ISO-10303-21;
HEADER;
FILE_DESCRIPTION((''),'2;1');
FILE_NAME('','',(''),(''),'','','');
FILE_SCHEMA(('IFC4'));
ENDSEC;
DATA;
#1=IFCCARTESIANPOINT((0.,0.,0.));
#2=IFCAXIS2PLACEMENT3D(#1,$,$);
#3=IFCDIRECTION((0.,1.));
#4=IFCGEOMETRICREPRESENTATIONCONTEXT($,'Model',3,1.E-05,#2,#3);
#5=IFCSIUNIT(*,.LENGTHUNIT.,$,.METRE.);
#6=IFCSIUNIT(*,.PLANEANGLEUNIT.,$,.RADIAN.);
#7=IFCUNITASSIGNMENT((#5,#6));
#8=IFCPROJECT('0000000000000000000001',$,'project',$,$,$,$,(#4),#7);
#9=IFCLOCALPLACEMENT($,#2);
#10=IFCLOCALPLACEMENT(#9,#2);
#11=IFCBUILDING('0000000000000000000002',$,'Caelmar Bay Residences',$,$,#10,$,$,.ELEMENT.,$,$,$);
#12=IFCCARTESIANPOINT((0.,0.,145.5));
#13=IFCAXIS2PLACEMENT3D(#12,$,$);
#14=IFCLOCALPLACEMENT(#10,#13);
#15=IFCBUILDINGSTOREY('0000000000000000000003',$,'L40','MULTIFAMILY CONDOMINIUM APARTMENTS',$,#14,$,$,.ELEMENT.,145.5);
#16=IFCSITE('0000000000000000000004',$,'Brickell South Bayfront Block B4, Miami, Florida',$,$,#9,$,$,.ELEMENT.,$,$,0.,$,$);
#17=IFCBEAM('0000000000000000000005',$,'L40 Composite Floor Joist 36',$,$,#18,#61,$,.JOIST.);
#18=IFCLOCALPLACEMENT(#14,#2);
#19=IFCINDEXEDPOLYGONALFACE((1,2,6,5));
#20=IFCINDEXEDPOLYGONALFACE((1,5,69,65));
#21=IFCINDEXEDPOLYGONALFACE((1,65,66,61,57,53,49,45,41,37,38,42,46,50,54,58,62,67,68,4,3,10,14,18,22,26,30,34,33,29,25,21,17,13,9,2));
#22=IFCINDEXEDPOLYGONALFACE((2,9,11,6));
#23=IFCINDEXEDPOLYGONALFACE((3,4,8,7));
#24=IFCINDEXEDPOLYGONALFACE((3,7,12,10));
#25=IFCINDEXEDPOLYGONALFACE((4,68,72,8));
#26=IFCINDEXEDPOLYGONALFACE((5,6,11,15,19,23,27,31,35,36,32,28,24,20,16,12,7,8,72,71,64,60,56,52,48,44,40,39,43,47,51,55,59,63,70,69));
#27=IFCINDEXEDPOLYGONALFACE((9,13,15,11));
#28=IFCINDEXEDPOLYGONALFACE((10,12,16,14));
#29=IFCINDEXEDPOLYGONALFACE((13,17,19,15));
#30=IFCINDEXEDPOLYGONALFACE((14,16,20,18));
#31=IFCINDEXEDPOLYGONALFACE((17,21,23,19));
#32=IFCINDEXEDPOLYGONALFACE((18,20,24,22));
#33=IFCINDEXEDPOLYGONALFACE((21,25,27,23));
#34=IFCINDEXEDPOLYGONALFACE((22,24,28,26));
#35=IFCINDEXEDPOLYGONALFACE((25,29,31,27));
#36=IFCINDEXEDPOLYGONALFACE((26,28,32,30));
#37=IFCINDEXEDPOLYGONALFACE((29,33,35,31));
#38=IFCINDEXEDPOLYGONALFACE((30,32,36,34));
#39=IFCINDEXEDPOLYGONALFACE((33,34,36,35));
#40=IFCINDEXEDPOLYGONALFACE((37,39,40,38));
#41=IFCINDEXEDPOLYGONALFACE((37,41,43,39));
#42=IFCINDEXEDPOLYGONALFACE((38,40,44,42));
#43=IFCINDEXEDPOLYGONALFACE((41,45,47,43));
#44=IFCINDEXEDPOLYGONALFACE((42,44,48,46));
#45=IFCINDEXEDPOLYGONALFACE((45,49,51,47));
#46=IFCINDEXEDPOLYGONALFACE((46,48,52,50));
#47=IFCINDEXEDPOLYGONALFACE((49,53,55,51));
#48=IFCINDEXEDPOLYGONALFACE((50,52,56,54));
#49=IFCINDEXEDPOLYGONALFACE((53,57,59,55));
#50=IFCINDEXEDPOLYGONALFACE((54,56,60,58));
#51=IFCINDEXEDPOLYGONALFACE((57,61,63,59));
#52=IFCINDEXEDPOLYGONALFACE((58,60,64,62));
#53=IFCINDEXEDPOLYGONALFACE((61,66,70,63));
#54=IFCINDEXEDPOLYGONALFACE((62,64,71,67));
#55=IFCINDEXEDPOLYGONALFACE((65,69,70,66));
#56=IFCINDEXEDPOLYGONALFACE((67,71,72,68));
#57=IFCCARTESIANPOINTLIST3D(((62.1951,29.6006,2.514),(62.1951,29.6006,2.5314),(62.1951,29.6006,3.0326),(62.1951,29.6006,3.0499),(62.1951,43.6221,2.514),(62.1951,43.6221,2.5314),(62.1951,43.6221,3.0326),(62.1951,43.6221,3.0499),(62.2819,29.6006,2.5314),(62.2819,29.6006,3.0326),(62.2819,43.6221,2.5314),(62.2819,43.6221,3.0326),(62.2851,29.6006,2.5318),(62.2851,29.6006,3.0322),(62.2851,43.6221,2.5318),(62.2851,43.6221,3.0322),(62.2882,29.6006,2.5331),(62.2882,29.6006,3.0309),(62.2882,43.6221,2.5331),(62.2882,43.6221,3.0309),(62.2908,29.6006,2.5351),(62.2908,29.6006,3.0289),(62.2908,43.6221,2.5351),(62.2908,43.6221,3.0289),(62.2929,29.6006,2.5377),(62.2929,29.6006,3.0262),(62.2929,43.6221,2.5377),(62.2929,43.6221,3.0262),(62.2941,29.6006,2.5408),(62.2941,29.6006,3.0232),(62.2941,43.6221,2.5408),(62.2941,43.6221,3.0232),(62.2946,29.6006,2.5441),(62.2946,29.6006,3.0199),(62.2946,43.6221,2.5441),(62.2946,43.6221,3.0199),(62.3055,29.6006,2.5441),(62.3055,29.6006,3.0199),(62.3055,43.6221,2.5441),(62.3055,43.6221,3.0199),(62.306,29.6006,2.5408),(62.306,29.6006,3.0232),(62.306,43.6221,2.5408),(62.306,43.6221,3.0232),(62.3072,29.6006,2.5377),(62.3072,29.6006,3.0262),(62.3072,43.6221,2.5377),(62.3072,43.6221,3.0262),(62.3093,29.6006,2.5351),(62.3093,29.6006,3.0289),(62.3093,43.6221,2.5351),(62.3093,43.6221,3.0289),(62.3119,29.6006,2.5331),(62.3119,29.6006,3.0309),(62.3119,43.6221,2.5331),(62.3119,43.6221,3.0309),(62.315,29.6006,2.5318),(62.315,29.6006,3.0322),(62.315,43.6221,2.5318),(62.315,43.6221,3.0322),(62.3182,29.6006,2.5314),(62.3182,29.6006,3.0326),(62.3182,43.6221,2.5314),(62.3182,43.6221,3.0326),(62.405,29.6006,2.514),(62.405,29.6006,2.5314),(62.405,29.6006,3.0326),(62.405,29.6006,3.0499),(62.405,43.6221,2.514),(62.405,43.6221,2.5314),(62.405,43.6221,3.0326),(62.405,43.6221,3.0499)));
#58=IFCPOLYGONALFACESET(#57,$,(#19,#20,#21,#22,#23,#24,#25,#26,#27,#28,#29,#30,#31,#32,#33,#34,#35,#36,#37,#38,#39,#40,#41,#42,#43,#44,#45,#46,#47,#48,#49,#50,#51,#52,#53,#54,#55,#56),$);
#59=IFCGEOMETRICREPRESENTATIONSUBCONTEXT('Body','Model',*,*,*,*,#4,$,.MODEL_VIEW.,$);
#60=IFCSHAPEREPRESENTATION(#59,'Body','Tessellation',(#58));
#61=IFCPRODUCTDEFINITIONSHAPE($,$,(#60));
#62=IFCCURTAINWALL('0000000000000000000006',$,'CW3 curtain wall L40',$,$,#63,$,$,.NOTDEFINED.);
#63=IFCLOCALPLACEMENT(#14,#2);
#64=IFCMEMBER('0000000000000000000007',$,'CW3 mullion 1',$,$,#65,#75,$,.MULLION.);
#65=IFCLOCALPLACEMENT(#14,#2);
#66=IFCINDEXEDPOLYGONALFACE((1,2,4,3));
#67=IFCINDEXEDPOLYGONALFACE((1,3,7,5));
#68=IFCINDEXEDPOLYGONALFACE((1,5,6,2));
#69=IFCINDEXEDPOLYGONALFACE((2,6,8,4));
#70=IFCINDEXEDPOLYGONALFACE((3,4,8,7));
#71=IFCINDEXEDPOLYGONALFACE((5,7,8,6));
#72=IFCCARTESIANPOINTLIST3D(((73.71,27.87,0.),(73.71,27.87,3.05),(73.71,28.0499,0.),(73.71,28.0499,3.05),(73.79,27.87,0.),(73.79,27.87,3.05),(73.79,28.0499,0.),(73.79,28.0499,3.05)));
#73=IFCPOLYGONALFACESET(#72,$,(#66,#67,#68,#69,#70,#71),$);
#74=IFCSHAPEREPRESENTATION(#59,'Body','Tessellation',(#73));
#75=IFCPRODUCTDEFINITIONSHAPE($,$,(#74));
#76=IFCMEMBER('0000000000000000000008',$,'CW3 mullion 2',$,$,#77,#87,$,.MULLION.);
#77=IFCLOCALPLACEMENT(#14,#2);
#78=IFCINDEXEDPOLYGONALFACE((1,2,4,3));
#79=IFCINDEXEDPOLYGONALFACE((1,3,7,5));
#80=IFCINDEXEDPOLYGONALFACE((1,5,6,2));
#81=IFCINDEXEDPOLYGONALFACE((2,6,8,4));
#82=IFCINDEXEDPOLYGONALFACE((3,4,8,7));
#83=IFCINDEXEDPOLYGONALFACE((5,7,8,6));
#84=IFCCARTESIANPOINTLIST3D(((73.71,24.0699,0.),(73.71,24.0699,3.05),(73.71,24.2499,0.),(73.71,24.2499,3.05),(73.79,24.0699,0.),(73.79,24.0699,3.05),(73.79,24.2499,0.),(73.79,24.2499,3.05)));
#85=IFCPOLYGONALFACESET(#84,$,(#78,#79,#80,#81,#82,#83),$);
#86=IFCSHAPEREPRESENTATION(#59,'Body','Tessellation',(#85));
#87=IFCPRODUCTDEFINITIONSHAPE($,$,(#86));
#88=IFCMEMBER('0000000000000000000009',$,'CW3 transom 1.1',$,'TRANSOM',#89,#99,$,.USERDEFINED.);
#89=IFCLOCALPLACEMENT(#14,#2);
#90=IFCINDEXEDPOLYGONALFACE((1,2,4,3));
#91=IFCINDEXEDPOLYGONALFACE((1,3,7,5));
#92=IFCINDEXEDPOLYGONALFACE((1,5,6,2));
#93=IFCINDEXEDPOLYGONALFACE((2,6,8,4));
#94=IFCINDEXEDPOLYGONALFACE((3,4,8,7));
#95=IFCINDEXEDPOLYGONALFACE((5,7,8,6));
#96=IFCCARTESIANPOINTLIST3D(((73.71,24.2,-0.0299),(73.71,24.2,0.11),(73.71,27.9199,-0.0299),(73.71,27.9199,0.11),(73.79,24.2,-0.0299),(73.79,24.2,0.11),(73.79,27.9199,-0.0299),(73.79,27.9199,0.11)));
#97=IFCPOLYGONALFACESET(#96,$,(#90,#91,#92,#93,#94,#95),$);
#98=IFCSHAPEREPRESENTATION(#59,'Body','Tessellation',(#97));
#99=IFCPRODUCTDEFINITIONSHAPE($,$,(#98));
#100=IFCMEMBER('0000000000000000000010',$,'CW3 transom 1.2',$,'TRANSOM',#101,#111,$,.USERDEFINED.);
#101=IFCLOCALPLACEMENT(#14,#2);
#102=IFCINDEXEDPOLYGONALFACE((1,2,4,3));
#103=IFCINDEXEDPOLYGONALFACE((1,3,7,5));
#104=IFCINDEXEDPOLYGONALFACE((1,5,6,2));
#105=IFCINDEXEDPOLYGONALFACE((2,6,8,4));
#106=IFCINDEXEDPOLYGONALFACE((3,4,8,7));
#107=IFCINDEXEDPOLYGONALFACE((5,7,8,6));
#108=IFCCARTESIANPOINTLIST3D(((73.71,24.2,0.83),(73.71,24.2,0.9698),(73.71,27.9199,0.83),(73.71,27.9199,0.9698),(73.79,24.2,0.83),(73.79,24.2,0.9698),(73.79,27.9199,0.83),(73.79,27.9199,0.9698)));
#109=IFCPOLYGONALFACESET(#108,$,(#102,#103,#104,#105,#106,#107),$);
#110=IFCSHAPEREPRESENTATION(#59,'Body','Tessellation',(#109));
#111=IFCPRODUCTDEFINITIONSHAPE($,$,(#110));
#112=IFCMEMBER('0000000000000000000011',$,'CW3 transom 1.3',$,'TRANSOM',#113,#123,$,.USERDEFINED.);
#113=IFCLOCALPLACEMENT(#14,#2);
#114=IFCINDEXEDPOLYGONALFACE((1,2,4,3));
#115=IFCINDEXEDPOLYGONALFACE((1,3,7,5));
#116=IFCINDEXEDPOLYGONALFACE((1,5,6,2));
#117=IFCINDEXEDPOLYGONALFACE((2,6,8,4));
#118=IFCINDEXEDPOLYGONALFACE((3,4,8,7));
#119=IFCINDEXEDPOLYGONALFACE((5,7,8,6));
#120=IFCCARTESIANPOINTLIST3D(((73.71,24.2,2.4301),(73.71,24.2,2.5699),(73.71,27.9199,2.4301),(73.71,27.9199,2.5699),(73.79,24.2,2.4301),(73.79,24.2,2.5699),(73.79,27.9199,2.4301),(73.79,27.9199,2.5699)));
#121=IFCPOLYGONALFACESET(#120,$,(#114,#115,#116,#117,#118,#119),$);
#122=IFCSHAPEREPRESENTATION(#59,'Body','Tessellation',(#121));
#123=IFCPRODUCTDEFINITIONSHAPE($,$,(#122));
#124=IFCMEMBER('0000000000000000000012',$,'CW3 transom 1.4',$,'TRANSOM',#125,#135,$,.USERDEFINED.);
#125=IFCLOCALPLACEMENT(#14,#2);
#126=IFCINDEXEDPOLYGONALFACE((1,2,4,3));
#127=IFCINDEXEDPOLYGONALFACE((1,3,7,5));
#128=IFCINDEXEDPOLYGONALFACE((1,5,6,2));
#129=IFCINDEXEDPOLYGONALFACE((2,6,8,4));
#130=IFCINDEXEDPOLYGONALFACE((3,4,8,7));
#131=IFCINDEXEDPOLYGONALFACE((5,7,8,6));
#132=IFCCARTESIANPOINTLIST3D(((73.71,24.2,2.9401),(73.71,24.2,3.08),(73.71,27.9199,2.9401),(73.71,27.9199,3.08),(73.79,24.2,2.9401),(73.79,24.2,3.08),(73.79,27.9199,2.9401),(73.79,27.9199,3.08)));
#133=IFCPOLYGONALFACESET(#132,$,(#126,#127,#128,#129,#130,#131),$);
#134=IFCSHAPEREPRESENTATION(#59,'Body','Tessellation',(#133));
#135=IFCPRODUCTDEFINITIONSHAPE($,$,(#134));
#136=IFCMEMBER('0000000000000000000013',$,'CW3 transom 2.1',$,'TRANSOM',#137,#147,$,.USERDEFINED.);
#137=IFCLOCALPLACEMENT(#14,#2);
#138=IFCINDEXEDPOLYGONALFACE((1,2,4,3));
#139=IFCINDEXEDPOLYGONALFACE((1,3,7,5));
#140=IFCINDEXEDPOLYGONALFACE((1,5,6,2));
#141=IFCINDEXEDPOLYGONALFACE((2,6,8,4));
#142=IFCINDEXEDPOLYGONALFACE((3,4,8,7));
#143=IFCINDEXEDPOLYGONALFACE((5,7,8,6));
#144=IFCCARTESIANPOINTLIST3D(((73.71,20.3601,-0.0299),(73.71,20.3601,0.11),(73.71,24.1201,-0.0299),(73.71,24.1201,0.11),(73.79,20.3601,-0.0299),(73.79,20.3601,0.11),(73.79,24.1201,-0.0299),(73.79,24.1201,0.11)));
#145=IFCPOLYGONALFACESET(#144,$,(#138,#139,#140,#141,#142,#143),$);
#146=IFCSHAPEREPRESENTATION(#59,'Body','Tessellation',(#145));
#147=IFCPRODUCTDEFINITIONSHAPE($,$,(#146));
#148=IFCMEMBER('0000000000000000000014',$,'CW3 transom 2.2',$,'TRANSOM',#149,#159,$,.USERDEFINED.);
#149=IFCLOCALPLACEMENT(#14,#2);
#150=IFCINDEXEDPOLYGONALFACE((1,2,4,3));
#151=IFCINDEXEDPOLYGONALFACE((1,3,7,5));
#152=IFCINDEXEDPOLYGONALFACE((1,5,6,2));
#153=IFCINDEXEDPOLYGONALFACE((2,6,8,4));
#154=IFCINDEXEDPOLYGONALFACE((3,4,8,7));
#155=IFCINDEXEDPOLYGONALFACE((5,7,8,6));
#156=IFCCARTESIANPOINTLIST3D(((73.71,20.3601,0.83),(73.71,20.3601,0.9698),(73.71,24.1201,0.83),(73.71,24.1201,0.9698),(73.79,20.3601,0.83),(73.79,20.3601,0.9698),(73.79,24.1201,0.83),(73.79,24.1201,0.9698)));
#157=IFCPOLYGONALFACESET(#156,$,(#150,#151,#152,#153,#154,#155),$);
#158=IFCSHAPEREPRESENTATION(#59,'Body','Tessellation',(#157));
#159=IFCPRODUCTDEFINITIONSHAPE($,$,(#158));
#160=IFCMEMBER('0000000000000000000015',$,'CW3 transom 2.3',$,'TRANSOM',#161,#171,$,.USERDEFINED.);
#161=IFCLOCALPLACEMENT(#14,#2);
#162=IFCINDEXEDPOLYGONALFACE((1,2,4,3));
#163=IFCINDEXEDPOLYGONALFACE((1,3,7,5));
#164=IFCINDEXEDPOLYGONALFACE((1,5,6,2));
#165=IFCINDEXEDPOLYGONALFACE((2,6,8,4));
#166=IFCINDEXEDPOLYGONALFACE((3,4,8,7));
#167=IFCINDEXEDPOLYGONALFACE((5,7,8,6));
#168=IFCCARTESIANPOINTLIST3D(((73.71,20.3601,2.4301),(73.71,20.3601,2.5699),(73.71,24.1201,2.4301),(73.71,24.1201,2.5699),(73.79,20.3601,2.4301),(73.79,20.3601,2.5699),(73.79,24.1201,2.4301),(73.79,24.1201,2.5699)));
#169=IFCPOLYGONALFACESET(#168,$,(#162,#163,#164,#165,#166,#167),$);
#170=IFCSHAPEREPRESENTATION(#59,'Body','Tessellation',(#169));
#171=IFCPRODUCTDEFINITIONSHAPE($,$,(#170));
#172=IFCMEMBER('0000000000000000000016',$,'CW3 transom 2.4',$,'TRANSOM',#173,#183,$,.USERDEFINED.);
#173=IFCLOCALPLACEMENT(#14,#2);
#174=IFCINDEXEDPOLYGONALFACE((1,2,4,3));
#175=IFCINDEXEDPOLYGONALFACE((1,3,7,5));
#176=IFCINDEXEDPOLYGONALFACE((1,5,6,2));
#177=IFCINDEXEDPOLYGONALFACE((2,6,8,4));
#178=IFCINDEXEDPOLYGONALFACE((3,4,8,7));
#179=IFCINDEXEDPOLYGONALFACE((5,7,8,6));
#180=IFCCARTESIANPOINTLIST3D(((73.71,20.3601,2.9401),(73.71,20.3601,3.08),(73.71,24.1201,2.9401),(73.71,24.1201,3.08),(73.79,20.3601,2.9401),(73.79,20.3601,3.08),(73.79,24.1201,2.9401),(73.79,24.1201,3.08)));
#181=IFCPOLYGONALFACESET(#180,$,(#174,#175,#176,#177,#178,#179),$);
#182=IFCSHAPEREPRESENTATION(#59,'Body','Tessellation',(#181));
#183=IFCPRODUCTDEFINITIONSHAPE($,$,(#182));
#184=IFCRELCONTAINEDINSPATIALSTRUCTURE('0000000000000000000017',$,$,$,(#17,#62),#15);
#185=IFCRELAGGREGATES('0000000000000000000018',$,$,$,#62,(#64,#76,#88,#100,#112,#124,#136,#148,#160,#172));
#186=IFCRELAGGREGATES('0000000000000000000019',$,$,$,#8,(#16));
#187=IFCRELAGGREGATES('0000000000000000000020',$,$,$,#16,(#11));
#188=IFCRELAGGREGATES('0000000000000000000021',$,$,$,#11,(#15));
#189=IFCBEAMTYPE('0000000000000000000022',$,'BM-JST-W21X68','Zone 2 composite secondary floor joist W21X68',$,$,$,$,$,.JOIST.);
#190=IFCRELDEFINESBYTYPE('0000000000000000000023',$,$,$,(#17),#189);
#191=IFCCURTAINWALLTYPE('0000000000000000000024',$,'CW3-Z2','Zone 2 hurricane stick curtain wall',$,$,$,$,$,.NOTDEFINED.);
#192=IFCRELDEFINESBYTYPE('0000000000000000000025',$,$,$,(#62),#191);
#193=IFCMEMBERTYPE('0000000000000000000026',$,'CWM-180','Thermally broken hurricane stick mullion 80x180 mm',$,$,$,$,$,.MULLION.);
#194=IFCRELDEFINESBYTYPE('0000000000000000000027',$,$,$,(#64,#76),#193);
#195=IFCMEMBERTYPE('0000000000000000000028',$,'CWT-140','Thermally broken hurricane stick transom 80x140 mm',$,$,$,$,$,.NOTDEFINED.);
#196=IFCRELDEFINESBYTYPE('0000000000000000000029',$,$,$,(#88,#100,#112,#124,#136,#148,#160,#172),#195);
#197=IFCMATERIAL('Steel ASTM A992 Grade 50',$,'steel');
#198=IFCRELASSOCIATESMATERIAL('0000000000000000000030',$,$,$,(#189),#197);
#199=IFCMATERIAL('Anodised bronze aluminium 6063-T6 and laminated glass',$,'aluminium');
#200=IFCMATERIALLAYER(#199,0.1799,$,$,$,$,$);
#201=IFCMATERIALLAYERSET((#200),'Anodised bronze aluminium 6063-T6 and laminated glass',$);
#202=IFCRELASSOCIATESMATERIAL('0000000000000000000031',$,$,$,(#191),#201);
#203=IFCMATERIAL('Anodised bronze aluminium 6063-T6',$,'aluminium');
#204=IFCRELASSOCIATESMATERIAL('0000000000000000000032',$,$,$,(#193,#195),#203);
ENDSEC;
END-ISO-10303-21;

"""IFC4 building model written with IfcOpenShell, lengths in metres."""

from ifc_helpers import new_model, si_unit, direction, frame, origin, origin_2d, place, context, subcontext, project, spatial, rectangle, i_section, extrude, material, layer, layer_set, material_profile, profile_set, type_object, element, aggregate, save


model = new_model("IFC4")

# Units and contexts
model_context = context("Model", 3, precision=1e-05, world=origin(), true_north=direction((0.0, 1.0)))
body_context = subcontext(model_context, "Body", "Model", "MODEL_VIEW")
ifc_project = project(units=[si_unit("LENGTHUNIT", "METRE"), si_unit("PLANEANGLEUNIT", "RADIAN")], contexts=[model_context])

# Site, building, storey
site_placement = place(None, origin())
site = spatial("IfcSite", under=ifc_project, at=site_placement, Name="Brickell South Bayfront Block B4, Miami, Florida", CompositionType="ELEMENT", RefElevation=0.0)
building_placement = place(site_placement, origin())
building = spatial("IfcBuilding", under=site, at=building_placement, Name="Caelmar Bay Residences", CompositionType="ELEMENT")
storey_placement = place(building_placement, frame((0.0, 0.0, 145.5)))
storey = spatial("IfcBuildingStorey", under=building, at=storey_placement, Name="L40", Description="MULTIFAMILY CONDOMINIUM APARTMENTS", CompositionType="ELEMENT", Elevation=145.5)

# Beam
ifc_material_1 = material(Name="Steel ASTM A992 Grade 50", Category="steel")
ifc_material_profile_1 = material_profile(ifc_material_1, i_section(OverallWidth=0.21, OverallDepth=0.5359, WebThickness=0.011, FlangeThickness=0.0173, FilletRadius=0.0127, at=origin_2d()), Name="W21X68")
ifc_profile_set_1 = profile_set([ifc_material_profile_1], Name="Steel ASTM A992 Grade 50")
beam_type_1 = type_object("IfcBeamType", Name="BM-JST-W21X68", Description="Zone 2 composite secondary floor joist W21X68", PredefinedType="JOIST", material=ifc_profile_set_1)
beam_1_placement = place(storey_placement, frame((62.3, 29.6006, 2.782), z_axis=(0.0, 1.0, 0.0), x_axis=(-1.0, 0.0, 0.0)))
element("IfcBeam", 1, at=beam_1_placement, inside=storey, type_object=beam_type_1, Name="L40 Composite Floor Joist 36", PredefinedType="JOIST", context=body_context, shape_type="SweptSolid", body=[
    extrude(i_section(OverallWidth=0.21, OverallDepth=0.5359, WebThickness=0.011, FlangeThickness=0.0173, FilletRadius=0.0127, at=origin_2d()), origin(), (0.0, 0.0, 1.0), 14.0215),
])

# Curtain wall, members
ifc_material_2 = material(Name="Anodised bronze aluminium 6063-T6 and laminated glass", Category="aluminium")
ifc_layer_1 = layer(ifc_material_2, 0.1799)
ifc_layer_set_1 = layer_set([ifc_layer_1], Name="Anodised bronze aluminium 6063-T6 and laminated glass")
curtain_wall_type = type_object("IfcCurtainWallType", Name="CW3-Z2", Description="Zone 2 hurricane stick curtain wall", PredefinedType="NOTDEFINED", material=ifc_layer_set_1)
curtain_wall_placement = place(storey_placement, origin())
curtain_wall = element("IfcCurtainWall", 2, at=curtain_wall_placement, inside=storey, type_object=curtain_wall_type, Name="CW3 curtain wall L40", PredefinedType="NOTDEFINED")
ifc_material_3 = material(Name="Anodised bronze aluminium 6063-T6", Category="aluminium")
ifc_material_profile_2 = material_profile(ifc_material_3, rectangle(XDim=0.0801, YDim=0.1799, at=origin_2d()), Name="CWM-80X180")
ifc_profile_set_2 = profile_set([ifc_material_profile_2], Name="Anodised bronze aluminium 6063-T6")
member_type_1 = type_object("IfcMemberType", Name="CWM-180", Description="Thermally broken hurricane stick mullion 80x180 mm", PredefinedType="MULLION", material=ifc_profile_set_2)
member_1_placement = place(storey_placement, frame((73.75, 27.96, 0.0), z_axis=(0.0, 0.0, 1.0), x_axis=(1.0, 0.0, 0.0)))
member_1 = element("IfcMember", 3, at=member_1_placement, type_object=member_type_1, Name="CW3 mullion 1", PredefinedType="MULLION", context=body_context, shape_type="SweptSolid", body=[
    extrude(rectangle(XDim=0.0801, YDim=0.1799, at=origin_2d()), origin(), (0.0, 0.0, 1.0), 3.05),
])
member_2_placement = place(storey_placement, frame((73.75, 24.1599, 0.0), z_axis=(0.0, 0.0, 1.0), x_axis=(1.0, 0.0, 0.0)))
member_2 = element("IfcMember", 4, at=member_2_placement, type_object=member_type_1, Name="CW3 mullion 2", PredefinedType="MULLION", context=body_context, shape_type="SweptSolid", body=[
    extrude(rectangle(XDim=0.0801, YDim=0.1799, at=origin_2d()), origin(), (0.0, 0.0, 1.0), 3.05),
])
ifc_material_profile_3 = material_profile(ifc_material_3, rectangle(XDim=0.0801, YDim=0.1399, at=origin_2d()), Name="CWT-80X140")
ifc_profile_set_3 = profile_set([ifc_material_profile_3], Name="Anodised bronze aluminium 6063-T6")
member_type_2 = type_object("IfcMemberType", Name="CWT-140", Description="Thermally broken hurricane stick transom 80x140 mm", PredefinedType="NOTDEFINED", material=ifc_profile_set_3)
member_3_placement = place(storey_placement, frame((73.75, 27.9199, 0.04), z_axis=(0.0, -1.0, 0.0), x_axis=(1.0, 0.0, 0.0)))
member_3 = element("IfcMember", 5, at=member_3_placement, type_object=member_type_2, Name="CW3 transom 1.1", ObjectType="TRANSOM", PredefinedType="USERDEFINED", context=body_context, shape_type="SweptSolid", body=[
    extrude(rectangle(XDim=0.0801, YDim=0.1399, at=origin_2d()), origin(), (0.0, 0.0, 1.0), 3.72),
])
member_4_placement = place(storey_placement, frame((73.75, 27.9199, 0.8999), z_axis=(0.0, -1.0, 0.0), x_axis=(1.0, 0.0, 0.0)))
member_4 = element("IfcMember", 6, at=member_4_placement, type_object=member_type_2, Name="CW3 transom 1.2", ObjectType="TRANSOM", PredefinedType="USERDEFINED", context=body_context, shape_type="SweptSolid", body=[
    extrude(rectangle(XDim=0.0801, YDim=0.1399, at=origin_2d()), origin(), (0.0, 0.0, 1.0), 3.72),
])
member_5_placement = place(storey_placement, frame((73.75, 27.9199, 2.5), z_axis=(0.0, -1.0, 0.0), x_axis=(1.0, 0.0, 0.0)))
member_5 = element("IfcMember", 7, at=member_5_placement, type_object=member_type_2, Name="CW3 transom 1.3", ObjectType="TRANSOM", PredefinedType="USERDEFINED", context=body_context, shape_type="SweptSolid", body=[
    extrude(rectangle(XDim=0.0801, YDim=0.1399, at=origin_2d()), origin(), (0.0, 0.0, 1.0), 3.72),
])
member_6_placement = place(storey_placement, frame((73.75, 27.9199, 3.01), z_axis=(0.0, -1.0, 0.0), x_axis=(1.0, 0.0, 0.0)))
member_6 = element("IfcMember", 8, at=member_6_placement, type_object=member_type_2, Name="CW3 transom 1.4", ObjectType="TRANSOM", PredefinedType="USERDEFINED", context=body_context, shape_type="SweptSolid", body=[
    extrude(rectangle(XDim=0.0801, YDim=0.1399, at=origin_2d()), origin(), (0.0, 0.0, 1.0), 3.72),
])
member_7_placement = place(storey_placement, frame((73.75, 24.1201, 0.04), z_axis=(0.0, -1.0, 0.0), x_axis=(1.0, 0.0, 0.0)))
member_7 = element("IfcMember", 9, at=member_7_placement, type_object=member_type_2, Name="CW3 transom 2.1", ObjectType="TRANSOM", PredefinedType="USERDEFINED", context=body_context, shape_type="SweptSolid", body=[
    extrude(rectangle(XDim=0.0801, YDim=0.1399, at=origin_2d()), origin(), (0.0, 0.0, 1.0), 3.76),
])
member_8_placement = place(storey_placement, frame((73.75, 24.1201, 0.8999), z_axis=(0.0, -1.0, 0.0), x_axis=(1.0, 0.0, 0.0)))
member_8 = element("IfcMember", 10, at=member_8_placement, type_object=member_type_2, Name="CW3 transom 2.2", ObjectType="TRANSOM", PredefinedType="USERDEFINED", context=body_context, shape_type="SweptSolid", body=[
    extrude(rectangle(XDim=0.0801, YDim=0.1399, at=origin_2d()), origin(), (0.0, 0.0, 1.0), 3.76),
])
member_9_placement = place(storey_placement, frame((73.75, 24.1201, 2.5), z_axis=(0.0, -1.0, 0.0), x_axis=(1.0, 0.0, 0.0)))
member_9 = element("IfcMember", 11, at=member_9_placement, type_object=member_type_2, Name="CW3 transom 2.3", ObjectType="TRANSOM", PredefinedType="USERDEFINED", context=body_context, shape_type="SweptSolid", body=[
    extrude(rectangle(XDim=0.0801, YDim=0.1399, at=origin_2d()), origin(), (0.0, 0.0, 1.0), 3.76),
])
member_10_placement = place(storey_placement, frame((73.75, 24.1201, 3.01), z_axis=(0.0, -1.0, 0.0), x_axis=(1.0, 0.0, 0.0)))
member_10 = element("IfcMember", 12, at=member_10_placement, type_object=member_type_2, Name="CW3 transom 2.4", ObjectType="TRANSOM", PredefinedType="USERDEFINED", context=body_context, shape_type="SweptSolid", body=[
    extrude(rectangle(XDim=0.0801, YDim=0.1399, at=origin_2d()), origin(), (0.0, 0.0, 1.0), 3.76),
])
aggregate(curtain_wall, [member_1, member_2, member_3, member_4, member_5, member_6, member_7, member_8, member_9, member_10])

save(model, "model.ifc")
